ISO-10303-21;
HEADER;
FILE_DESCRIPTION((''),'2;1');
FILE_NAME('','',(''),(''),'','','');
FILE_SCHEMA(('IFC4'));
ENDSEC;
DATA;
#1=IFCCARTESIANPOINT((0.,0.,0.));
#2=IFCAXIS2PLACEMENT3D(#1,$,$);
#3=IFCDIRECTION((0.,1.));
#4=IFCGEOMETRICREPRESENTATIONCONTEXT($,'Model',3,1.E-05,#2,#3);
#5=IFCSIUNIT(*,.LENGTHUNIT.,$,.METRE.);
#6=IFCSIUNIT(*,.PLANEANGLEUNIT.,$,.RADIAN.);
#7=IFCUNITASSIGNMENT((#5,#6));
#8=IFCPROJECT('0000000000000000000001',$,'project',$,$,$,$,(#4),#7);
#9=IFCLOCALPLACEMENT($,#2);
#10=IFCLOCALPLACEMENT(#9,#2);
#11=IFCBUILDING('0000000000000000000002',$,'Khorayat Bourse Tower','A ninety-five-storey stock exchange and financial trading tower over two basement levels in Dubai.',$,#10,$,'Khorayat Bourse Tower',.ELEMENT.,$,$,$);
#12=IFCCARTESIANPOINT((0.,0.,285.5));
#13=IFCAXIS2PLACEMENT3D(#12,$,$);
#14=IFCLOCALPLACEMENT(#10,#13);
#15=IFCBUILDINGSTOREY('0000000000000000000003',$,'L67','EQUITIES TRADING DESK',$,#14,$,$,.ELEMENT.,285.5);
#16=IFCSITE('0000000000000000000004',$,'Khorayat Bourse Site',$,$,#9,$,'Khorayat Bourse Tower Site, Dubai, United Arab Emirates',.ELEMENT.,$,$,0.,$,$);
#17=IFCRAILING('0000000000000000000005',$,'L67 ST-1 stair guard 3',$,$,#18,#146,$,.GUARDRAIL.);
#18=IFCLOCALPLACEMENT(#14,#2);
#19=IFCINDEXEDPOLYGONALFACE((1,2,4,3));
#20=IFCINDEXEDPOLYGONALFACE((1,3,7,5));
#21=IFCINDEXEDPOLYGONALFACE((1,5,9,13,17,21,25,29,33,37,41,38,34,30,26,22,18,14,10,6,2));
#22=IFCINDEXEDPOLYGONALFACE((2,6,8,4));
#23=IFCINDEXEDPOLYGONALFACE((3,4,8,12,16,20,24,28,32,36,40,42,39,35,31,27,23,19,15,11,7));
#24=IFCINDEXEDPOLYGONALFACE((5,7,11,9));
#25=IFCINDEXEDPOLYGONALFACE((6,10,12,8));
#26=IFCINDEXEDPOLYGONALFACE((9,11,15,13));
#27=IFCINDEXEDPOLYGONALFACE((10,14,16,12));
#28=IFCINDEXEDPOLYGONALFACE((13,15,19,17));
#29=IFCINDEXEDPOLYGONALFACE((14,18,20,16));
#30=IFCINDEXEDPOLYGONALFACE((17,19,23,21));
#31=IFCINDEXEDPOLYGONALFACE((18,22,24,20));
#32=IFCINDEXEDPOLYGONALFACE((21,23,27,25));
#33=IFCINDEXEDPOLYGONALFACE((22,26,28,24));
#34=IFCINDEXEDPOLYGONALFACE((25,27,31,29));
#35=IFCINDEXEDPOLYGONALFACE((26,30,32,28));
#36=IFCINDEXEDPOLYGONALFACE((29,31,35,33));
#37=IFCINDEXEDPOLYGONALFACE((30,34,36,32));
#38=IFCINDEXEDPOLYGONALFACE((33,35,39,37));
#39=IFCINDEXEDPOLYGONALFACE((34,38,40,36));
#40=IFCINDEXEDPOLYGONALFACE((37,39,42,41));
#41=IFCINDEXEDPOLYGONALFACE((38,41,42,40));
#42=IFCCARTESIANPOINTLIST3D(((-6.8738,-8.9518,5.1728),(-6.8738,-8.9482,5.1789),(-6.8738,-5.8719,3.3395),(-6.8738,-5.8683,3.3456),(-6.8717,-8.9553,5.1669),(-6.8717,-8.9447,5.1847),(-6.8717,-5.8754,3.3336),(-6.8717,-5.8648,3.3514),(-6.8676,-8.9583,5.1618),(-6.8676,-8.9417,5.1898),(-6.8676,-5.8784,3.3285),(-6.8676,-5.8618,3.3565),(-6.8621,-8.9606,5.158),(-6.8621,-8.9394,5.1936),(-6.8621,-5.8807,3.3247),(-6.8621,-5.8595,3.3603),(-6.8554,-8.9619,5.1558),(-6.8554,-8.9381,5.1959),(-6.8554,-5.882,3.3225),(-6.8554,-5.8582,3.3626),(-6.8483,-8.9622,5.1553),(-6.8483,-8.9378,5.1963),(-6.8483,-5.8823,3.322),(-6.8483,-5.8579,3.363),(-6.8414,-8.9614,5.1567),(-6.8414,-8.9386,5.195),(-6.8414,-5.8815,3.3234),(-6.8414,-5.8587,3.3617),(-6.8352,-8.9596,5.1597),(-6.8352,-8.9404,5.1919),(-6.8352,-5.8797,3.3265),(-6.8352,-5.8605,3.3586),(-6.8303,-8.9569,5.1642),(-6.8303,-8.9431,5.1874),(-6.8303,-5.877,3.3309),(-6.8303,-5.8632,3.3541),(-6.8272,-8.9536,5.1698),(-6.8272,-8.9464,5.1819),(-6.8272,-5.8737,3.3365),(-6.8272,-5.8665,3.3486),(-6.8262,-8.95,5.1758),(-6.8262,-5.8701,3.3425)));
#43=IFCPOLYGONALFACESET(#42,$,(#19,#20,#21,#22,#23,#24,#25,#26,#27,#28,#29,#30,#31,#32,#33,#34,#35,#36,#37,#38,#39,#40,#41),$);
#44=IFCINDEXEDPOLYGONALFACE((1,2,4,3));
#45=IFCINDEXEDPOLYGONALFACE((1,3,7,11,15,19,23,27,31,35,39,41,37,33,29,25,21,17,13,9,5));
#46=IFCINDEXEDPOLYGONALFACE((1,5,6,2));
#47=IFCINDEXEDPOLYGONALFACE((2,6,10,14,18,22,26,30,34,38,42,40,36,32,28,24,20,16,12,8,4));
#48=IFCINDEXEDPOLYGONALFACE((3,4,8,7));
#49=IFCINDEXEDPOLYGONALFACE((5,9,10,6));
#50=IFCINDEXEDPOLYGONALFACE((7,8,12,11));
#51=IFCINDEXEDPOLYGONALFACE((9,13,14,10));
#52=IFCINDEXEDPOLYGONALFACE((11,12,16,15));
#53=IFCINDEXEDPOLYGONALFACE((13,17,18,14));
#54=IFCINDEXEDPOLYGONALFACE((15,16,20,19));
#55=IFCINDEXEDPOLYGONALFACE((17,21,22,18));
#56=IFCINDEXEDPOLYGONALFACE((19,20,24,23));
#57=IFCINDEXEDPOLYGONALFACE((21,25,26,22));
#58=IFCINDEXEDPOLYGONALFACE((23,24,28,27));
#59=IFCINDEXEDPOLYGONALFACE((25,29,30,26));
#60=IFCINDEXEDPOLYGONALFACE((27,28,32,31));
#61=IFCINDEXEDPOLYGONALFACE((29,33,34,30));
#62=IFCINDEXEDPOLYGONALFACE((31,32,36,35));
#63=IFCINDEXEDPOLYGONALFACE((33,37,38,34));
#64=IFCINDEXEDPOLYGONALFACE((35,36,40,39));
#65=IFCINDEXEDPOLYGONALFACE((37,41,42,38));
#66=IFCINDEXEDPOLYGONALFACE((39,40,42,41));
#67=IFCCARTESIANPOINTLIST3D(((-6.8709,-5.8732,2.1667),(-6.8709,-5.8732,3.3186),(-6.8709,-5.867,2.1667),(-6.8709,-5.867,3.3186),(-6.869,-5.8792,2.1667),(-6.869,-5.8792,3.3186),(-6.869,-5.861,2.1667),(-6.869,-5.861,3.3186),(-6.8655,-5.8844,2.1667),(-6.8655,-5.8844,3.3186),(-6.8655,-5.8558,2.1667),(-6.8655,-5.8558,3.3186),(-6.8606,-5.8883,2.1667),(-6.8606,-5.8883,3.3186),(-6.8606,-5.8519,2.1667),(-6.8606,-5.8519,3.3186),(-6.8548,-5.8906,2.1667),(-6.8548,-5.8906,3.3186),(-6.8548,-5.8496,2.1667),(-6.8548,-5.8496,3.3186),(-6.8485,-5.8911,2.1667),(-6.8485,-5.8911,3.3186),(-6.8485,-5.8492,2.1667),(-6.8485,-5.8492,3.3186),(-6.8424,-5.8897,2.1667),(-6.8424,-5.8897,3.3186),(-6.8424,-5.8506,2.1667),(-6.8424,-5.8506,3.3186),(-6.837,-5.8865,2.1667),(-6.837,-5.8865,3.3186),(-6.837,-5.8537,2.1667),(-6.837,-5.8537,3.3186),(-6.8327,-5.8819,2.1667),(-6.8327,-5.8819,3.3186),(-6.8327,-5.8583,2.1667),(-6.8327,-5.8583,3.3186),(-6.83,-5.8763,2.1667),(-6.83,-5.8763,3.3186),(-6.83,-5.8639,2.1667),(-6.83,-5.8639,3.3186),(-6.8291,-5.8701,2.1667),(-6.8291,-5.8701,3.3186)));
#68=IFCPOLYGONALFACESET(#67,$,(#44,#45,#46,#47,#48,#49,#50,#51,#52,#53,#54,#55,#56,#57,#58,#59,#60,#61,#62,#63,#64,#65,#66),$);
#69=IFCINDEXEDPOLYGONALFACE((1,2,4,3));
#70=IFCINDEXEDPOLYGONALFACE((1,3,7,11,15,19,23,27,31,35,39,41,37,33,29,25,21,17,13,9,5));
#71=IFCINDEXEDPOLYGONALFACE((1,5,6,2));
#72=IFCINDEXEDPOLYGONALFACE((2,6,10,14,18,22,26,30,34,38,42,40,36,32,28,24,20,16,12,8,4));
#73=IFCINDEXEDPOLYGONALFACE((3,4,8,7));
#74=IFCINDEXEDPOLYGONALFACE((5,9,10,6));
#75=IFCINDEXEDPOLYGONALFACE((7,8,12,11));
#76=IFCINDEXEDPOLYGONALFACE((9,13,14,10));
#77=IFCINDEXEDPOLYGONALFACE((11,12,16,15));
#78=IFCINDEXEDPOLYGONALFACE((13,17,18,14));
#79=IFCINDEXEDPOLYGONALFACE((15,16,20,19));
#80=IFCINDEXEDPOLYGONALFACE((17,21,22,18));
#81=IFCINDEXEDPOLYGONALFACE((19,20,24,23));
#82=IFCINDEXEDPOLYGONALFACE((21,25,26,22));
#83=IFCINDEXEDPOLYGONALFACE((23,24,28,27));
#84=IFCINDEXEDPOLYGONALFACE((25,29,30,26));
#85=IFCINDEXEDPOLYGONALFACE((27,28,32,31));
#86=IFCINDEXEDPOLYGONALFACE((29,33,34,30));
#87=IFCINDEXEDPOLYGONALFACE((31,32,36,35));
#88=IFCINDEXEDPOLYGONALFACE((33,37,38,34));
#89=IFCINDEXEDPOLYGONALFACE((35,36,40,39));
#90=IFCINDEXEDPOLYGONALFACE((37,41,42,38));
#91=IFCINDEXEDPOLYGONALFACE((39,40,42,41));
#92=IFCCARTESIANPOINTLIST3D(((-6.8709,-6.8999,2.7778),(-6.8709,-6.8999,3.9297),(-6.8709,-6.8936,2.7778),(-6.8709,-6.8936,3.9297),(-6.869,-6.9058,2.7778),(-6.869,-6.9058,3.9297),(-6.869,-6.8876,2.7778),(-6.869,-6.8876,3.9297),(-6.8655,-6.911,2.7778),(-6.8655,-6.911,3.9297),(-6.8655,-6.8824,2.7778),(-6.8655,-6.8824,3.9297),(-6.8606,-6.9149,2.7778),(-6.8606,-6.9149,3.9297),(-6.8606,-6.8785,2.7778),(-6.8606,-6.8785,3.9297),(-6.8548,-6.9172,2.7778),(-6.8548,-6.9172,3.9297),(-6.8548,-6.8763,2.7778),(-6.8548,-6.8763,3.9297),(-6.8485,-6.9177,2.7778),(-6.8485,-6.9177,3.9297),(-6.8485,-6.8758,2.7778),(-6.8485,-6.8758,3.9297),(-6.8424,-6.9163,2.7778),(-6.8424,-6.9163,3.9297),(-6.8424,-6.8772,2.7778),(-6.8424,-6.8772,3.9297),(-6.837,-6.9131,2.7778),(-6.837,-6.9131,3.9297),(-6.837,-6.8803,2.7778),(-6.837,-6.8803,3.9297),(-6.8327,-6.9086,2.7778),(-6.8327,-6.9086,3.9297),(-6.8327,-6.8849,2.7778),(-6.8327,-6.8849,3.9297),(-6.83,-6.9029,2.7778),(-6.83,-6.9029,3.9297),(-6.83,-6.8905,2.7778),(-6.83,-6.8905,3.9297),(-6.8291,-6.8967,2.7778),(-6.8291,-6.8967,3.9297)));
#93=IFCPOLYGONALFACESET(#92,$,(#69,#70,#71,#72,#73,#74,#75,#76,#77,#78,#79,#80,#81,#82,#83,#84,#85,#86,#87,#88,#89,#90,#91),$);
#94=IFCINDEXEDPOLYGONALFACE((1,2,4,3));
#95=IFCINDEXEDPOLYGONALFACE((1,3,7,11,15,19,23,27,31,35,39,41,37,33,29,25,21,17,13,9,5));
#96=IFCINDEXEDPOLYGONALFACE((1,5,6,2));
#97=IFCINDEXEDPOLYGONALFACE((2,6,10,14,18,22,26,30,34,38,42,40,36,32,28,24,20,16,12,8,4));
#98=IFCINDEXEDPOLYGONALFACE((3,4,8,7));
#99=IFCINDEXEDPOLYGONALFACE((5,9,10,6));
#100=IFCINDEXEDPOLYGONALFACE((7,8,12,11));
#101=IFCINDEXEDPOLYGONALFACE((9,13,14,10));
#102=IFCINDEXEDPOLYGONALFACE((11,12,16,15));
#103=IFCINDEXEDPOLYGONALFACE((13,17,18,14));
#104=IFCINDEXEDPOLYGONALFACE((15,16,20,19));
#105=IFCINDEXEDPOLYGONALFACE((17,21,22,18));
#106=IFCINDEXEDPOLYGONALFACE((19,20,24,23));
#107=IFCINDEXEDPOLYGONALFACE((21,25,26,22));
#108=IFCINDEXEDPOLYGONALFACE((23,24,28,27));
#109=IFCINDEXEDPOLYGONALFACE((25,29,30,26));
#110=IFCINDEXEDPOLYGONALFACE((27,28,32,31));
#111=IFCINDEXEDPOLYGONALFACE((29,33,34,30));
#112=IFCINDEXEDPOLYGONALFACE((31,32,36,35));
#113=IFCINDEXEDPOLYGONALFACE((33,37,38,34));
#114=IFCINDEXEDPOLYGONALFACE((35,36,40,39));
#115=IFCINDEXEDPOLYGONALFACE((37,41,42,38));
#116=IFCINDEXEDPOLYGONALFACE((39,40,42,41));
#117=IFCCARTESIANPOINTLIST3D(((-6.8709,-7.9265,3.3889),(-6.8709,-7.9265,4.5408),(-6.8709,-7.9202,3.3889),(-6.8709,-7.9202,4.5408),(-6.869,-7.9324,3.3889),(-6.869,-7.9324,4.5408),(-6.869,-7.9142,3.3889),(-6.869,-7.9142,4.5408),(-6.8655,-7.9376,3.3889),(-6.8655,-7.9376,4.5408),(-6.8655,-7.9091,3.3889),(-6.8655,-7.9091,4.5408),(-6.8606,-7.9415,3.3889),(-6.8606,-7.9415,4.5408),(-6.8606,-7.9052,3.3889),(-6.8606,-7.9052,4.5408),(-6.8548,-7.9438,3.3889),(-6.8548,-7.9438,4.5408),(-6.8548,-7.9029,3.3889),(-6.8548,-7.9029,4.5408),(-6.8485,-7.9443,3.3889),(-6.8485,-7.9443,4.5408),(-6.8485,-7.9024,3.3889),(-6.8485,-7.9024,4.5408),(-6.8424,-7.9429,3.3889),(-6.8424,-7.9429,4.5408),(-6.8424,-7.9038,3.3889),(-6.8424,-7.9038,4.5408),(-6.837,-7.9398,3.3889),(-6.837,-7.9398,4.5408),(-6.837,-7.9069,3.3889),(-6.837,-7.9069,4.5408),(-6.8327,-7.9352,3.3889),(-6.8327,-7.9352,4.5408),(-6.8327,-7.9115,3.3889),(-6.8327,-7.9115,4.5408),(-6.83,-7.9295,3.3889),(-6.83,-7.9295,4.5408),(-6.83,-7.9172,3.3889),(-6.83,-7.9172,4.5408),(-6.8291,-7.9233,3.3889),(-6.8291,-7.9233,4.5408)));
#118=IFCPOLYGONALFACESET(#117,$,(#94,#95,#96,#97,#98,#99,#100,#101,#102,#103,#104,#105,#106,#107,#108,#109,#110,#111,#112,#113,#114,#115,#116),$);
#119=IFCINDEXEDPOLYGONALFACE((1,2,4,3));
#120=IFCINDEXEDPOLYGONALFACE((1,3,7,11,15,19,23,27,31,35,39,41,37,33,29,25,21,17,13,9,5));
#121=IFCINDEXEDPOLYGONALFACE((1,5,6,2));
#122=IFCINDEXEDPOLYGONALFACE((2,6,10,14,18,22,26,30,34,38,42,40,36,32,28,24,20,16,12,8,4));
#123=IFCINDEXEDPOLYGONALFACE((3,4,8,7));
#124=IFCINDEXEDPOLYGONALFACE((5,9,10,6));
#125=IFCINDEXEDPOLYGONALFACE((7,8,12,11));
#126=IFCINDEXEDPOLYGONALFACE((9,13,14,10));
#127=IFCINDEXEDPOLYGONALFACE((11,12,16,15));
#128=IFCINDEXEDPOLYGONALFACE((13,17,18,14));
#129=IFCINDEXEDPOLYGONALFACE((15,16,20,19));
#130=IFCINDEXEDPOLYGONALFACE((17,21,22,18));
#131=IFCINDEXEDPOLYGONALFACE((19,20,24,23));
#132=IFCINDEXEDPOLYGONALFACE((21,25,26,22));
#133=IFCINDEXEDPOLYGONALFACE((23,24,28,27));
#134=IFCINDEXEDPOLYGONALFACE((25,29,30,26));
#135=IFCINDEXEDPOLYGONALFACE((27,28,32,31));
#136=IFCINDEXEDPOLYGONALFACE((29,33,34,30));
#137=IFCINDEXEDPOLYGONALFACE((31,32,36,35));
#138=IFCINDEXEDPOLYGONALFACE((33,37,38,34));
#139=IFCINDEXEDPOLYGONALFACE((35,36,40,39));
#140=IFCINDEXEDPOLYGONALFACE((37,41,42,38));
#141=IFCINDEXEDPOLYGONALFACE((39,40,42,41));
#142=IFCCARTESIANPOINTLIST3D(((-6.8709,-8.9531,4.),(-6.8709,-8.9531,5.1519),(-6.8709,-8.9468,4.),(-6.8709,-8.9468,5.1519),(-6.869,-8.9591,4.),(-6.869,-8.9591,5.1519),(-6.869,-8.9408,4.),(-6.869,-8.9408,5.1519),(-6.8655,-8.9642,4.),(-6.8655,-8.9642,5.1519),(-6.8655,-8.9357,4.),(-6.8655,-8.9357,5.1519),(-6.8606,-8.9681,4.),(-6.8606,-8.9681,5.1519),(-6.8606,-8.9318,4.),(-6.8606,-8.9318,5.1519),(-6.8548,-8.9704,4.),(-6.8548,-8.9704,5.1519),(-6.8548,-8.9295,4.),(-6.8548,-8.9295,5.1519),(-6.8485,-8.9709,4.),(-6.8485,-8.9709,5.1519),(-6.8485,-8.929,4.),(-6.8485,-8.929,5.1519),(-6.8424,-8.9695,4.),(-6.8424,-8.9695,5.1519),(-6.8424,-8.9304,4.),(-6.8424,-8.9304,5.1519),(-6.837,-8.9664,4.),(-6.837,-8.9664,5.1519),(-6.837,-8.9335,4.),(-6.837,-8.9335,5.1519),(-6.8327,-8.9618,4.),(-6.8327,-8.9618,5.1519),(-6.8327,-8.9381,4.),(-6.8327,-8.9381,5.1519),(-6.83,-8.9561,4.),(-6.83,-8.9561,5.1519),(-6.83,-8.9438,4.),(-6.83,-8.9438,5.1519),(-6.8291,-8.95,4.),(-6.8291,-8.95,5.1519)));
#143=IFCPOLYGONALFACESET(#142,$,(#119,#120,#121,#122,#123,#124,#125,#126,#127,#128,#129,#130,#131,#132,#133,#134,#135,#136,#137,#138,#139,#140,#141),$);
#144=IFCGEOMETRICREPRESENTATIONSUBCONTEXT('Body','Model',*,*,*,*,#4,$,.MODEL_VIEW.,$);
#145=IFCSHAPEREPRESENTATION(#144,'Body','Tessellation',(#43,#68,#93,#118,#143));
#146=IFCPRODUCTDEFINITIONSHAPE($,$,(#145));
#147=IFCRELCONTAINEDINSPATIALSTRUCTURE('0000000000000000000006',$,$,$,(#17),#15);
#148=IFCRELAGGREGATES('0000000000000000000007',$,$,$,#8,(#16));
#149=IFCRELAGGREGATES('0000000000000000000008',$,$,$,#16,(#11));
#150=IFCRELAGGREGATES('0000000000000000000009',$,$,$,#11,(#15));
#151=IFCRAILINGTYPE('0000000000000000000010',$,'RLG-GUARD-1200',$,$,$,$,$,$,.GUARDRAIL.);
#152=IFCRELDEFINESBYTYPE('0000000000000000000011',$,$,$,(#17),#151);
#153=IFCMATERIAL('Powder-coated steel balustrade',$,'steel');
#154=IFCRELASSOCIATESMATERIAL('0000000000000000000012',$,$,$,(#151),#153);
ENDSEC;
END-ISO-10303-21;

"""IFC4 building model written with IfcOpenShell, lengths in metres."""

from ifc_helpers import new_model, si_unit, direction, frame, origin, origin_2d, place, context, subcontext, project, spatial, circle, extrude, source, transform, mapped, material, type_object, element, save


model = new_model("IFC4")

# Units and contexts
model_context = context("Model", 3, precision=1e-05, world=origin(), true_north=direction((0.0, 1.0)))
body_context = subcontext(model_context, "Body", "Model", "MODEL_VIEW")
ifc_project = project(units=[si_unit("LENGTHUNIT", "METRE"), si_unit("PLANEANGLEUNIT", "RADIAN")], contexts=[model_context])

# Site, building, storey
site_placement = place(None, origin())
site = spatial("IfcSite", under=ifc_project, at=site_placement, Name="Khorayat Bourse Site", LongName="Khorayat Bourse Tower Site, Dubai, United Arab Emirates", CompositionType="ELEMENT", RefElevation=0.0)
building_placement = place(site_placement, origin())
building = spatial("IfcBuilding", under=site, at=building_placement, Name="Khorayat Bourse Tower", Description="A ninety-five-storey stock exchange and financial trading tower over two basement levels in Dubai.", LongName="Khorayat Bourse Tower", CompositionType="ELEMENT")
storey_placement = place(building_placement, frame((0.0, 0.0, 285.5)))
storey = spatial("IfcBuildingStorey", under=building, at=storey_placement, Name="L67", Description="EQUITIES TRADING DESK", CompositionType="ELEMENT", Elevation=285.5)

# Railing
ifc_material_1 = material(Name="Powder-coated steel balustrade", Category="steel")
railing_type_1 = type_object("IfcRailingType", Name="RLG-GUARD-1200", PredefinedType="GUARDRAIL", material=ifc_material_1)
shared_shape_1 = source(origin(), body_context, "Body", "SweptSolid", [
    extrude(circle(Radius=0.0239, at=origin_2d()), frame((0.0, 0.0, 1.1758), z_axis=(0.0, -0.859291, 0.511487), x_axis=(1.0, 0.0, 0.0)), (0.0, 0.0, 1.0), 3.5842),
    extrude(circle(Radius=0.021, at=origin_2d()), origin(), (0.0, 0.0, 1.0), 1.1519),
    extrude(circle(Radius=0.021, at=origin_2d()), frame((0.0, -1.0266, 0.6111)), (0.0, 0.0, 1.0), 1.1519),
    extrude(circle(Radius=0.021, at=origin_2d()), frame((0.0, -2.0532, 1.2222)), (0.0, 0.0, 1.0), 1.1519),
    extrude(circle(Radius=0.021, at=origin_2d()), frame((0.0, -3.0798, 1.8333)), (0.0, 0.0, 1.0), 1.1519),
])
railing_1_placement = place(storey_placement, frame((-6.8501, -5.8701, 2.1667)))
element("IfcRailing", 1, at=railing_1_placement, inside=storey, type_object=railing_type_1, Name="L67 ST-1 stair guard 3", PredefinedType="GUARDRAIL", context=body_context, shape_type="MappedRepresentation", body=[
    mapped(shared_shape_1, transform((0.0, 0.0, 0.0), scale=1.0)),
])

save(model, "model.ifc")
